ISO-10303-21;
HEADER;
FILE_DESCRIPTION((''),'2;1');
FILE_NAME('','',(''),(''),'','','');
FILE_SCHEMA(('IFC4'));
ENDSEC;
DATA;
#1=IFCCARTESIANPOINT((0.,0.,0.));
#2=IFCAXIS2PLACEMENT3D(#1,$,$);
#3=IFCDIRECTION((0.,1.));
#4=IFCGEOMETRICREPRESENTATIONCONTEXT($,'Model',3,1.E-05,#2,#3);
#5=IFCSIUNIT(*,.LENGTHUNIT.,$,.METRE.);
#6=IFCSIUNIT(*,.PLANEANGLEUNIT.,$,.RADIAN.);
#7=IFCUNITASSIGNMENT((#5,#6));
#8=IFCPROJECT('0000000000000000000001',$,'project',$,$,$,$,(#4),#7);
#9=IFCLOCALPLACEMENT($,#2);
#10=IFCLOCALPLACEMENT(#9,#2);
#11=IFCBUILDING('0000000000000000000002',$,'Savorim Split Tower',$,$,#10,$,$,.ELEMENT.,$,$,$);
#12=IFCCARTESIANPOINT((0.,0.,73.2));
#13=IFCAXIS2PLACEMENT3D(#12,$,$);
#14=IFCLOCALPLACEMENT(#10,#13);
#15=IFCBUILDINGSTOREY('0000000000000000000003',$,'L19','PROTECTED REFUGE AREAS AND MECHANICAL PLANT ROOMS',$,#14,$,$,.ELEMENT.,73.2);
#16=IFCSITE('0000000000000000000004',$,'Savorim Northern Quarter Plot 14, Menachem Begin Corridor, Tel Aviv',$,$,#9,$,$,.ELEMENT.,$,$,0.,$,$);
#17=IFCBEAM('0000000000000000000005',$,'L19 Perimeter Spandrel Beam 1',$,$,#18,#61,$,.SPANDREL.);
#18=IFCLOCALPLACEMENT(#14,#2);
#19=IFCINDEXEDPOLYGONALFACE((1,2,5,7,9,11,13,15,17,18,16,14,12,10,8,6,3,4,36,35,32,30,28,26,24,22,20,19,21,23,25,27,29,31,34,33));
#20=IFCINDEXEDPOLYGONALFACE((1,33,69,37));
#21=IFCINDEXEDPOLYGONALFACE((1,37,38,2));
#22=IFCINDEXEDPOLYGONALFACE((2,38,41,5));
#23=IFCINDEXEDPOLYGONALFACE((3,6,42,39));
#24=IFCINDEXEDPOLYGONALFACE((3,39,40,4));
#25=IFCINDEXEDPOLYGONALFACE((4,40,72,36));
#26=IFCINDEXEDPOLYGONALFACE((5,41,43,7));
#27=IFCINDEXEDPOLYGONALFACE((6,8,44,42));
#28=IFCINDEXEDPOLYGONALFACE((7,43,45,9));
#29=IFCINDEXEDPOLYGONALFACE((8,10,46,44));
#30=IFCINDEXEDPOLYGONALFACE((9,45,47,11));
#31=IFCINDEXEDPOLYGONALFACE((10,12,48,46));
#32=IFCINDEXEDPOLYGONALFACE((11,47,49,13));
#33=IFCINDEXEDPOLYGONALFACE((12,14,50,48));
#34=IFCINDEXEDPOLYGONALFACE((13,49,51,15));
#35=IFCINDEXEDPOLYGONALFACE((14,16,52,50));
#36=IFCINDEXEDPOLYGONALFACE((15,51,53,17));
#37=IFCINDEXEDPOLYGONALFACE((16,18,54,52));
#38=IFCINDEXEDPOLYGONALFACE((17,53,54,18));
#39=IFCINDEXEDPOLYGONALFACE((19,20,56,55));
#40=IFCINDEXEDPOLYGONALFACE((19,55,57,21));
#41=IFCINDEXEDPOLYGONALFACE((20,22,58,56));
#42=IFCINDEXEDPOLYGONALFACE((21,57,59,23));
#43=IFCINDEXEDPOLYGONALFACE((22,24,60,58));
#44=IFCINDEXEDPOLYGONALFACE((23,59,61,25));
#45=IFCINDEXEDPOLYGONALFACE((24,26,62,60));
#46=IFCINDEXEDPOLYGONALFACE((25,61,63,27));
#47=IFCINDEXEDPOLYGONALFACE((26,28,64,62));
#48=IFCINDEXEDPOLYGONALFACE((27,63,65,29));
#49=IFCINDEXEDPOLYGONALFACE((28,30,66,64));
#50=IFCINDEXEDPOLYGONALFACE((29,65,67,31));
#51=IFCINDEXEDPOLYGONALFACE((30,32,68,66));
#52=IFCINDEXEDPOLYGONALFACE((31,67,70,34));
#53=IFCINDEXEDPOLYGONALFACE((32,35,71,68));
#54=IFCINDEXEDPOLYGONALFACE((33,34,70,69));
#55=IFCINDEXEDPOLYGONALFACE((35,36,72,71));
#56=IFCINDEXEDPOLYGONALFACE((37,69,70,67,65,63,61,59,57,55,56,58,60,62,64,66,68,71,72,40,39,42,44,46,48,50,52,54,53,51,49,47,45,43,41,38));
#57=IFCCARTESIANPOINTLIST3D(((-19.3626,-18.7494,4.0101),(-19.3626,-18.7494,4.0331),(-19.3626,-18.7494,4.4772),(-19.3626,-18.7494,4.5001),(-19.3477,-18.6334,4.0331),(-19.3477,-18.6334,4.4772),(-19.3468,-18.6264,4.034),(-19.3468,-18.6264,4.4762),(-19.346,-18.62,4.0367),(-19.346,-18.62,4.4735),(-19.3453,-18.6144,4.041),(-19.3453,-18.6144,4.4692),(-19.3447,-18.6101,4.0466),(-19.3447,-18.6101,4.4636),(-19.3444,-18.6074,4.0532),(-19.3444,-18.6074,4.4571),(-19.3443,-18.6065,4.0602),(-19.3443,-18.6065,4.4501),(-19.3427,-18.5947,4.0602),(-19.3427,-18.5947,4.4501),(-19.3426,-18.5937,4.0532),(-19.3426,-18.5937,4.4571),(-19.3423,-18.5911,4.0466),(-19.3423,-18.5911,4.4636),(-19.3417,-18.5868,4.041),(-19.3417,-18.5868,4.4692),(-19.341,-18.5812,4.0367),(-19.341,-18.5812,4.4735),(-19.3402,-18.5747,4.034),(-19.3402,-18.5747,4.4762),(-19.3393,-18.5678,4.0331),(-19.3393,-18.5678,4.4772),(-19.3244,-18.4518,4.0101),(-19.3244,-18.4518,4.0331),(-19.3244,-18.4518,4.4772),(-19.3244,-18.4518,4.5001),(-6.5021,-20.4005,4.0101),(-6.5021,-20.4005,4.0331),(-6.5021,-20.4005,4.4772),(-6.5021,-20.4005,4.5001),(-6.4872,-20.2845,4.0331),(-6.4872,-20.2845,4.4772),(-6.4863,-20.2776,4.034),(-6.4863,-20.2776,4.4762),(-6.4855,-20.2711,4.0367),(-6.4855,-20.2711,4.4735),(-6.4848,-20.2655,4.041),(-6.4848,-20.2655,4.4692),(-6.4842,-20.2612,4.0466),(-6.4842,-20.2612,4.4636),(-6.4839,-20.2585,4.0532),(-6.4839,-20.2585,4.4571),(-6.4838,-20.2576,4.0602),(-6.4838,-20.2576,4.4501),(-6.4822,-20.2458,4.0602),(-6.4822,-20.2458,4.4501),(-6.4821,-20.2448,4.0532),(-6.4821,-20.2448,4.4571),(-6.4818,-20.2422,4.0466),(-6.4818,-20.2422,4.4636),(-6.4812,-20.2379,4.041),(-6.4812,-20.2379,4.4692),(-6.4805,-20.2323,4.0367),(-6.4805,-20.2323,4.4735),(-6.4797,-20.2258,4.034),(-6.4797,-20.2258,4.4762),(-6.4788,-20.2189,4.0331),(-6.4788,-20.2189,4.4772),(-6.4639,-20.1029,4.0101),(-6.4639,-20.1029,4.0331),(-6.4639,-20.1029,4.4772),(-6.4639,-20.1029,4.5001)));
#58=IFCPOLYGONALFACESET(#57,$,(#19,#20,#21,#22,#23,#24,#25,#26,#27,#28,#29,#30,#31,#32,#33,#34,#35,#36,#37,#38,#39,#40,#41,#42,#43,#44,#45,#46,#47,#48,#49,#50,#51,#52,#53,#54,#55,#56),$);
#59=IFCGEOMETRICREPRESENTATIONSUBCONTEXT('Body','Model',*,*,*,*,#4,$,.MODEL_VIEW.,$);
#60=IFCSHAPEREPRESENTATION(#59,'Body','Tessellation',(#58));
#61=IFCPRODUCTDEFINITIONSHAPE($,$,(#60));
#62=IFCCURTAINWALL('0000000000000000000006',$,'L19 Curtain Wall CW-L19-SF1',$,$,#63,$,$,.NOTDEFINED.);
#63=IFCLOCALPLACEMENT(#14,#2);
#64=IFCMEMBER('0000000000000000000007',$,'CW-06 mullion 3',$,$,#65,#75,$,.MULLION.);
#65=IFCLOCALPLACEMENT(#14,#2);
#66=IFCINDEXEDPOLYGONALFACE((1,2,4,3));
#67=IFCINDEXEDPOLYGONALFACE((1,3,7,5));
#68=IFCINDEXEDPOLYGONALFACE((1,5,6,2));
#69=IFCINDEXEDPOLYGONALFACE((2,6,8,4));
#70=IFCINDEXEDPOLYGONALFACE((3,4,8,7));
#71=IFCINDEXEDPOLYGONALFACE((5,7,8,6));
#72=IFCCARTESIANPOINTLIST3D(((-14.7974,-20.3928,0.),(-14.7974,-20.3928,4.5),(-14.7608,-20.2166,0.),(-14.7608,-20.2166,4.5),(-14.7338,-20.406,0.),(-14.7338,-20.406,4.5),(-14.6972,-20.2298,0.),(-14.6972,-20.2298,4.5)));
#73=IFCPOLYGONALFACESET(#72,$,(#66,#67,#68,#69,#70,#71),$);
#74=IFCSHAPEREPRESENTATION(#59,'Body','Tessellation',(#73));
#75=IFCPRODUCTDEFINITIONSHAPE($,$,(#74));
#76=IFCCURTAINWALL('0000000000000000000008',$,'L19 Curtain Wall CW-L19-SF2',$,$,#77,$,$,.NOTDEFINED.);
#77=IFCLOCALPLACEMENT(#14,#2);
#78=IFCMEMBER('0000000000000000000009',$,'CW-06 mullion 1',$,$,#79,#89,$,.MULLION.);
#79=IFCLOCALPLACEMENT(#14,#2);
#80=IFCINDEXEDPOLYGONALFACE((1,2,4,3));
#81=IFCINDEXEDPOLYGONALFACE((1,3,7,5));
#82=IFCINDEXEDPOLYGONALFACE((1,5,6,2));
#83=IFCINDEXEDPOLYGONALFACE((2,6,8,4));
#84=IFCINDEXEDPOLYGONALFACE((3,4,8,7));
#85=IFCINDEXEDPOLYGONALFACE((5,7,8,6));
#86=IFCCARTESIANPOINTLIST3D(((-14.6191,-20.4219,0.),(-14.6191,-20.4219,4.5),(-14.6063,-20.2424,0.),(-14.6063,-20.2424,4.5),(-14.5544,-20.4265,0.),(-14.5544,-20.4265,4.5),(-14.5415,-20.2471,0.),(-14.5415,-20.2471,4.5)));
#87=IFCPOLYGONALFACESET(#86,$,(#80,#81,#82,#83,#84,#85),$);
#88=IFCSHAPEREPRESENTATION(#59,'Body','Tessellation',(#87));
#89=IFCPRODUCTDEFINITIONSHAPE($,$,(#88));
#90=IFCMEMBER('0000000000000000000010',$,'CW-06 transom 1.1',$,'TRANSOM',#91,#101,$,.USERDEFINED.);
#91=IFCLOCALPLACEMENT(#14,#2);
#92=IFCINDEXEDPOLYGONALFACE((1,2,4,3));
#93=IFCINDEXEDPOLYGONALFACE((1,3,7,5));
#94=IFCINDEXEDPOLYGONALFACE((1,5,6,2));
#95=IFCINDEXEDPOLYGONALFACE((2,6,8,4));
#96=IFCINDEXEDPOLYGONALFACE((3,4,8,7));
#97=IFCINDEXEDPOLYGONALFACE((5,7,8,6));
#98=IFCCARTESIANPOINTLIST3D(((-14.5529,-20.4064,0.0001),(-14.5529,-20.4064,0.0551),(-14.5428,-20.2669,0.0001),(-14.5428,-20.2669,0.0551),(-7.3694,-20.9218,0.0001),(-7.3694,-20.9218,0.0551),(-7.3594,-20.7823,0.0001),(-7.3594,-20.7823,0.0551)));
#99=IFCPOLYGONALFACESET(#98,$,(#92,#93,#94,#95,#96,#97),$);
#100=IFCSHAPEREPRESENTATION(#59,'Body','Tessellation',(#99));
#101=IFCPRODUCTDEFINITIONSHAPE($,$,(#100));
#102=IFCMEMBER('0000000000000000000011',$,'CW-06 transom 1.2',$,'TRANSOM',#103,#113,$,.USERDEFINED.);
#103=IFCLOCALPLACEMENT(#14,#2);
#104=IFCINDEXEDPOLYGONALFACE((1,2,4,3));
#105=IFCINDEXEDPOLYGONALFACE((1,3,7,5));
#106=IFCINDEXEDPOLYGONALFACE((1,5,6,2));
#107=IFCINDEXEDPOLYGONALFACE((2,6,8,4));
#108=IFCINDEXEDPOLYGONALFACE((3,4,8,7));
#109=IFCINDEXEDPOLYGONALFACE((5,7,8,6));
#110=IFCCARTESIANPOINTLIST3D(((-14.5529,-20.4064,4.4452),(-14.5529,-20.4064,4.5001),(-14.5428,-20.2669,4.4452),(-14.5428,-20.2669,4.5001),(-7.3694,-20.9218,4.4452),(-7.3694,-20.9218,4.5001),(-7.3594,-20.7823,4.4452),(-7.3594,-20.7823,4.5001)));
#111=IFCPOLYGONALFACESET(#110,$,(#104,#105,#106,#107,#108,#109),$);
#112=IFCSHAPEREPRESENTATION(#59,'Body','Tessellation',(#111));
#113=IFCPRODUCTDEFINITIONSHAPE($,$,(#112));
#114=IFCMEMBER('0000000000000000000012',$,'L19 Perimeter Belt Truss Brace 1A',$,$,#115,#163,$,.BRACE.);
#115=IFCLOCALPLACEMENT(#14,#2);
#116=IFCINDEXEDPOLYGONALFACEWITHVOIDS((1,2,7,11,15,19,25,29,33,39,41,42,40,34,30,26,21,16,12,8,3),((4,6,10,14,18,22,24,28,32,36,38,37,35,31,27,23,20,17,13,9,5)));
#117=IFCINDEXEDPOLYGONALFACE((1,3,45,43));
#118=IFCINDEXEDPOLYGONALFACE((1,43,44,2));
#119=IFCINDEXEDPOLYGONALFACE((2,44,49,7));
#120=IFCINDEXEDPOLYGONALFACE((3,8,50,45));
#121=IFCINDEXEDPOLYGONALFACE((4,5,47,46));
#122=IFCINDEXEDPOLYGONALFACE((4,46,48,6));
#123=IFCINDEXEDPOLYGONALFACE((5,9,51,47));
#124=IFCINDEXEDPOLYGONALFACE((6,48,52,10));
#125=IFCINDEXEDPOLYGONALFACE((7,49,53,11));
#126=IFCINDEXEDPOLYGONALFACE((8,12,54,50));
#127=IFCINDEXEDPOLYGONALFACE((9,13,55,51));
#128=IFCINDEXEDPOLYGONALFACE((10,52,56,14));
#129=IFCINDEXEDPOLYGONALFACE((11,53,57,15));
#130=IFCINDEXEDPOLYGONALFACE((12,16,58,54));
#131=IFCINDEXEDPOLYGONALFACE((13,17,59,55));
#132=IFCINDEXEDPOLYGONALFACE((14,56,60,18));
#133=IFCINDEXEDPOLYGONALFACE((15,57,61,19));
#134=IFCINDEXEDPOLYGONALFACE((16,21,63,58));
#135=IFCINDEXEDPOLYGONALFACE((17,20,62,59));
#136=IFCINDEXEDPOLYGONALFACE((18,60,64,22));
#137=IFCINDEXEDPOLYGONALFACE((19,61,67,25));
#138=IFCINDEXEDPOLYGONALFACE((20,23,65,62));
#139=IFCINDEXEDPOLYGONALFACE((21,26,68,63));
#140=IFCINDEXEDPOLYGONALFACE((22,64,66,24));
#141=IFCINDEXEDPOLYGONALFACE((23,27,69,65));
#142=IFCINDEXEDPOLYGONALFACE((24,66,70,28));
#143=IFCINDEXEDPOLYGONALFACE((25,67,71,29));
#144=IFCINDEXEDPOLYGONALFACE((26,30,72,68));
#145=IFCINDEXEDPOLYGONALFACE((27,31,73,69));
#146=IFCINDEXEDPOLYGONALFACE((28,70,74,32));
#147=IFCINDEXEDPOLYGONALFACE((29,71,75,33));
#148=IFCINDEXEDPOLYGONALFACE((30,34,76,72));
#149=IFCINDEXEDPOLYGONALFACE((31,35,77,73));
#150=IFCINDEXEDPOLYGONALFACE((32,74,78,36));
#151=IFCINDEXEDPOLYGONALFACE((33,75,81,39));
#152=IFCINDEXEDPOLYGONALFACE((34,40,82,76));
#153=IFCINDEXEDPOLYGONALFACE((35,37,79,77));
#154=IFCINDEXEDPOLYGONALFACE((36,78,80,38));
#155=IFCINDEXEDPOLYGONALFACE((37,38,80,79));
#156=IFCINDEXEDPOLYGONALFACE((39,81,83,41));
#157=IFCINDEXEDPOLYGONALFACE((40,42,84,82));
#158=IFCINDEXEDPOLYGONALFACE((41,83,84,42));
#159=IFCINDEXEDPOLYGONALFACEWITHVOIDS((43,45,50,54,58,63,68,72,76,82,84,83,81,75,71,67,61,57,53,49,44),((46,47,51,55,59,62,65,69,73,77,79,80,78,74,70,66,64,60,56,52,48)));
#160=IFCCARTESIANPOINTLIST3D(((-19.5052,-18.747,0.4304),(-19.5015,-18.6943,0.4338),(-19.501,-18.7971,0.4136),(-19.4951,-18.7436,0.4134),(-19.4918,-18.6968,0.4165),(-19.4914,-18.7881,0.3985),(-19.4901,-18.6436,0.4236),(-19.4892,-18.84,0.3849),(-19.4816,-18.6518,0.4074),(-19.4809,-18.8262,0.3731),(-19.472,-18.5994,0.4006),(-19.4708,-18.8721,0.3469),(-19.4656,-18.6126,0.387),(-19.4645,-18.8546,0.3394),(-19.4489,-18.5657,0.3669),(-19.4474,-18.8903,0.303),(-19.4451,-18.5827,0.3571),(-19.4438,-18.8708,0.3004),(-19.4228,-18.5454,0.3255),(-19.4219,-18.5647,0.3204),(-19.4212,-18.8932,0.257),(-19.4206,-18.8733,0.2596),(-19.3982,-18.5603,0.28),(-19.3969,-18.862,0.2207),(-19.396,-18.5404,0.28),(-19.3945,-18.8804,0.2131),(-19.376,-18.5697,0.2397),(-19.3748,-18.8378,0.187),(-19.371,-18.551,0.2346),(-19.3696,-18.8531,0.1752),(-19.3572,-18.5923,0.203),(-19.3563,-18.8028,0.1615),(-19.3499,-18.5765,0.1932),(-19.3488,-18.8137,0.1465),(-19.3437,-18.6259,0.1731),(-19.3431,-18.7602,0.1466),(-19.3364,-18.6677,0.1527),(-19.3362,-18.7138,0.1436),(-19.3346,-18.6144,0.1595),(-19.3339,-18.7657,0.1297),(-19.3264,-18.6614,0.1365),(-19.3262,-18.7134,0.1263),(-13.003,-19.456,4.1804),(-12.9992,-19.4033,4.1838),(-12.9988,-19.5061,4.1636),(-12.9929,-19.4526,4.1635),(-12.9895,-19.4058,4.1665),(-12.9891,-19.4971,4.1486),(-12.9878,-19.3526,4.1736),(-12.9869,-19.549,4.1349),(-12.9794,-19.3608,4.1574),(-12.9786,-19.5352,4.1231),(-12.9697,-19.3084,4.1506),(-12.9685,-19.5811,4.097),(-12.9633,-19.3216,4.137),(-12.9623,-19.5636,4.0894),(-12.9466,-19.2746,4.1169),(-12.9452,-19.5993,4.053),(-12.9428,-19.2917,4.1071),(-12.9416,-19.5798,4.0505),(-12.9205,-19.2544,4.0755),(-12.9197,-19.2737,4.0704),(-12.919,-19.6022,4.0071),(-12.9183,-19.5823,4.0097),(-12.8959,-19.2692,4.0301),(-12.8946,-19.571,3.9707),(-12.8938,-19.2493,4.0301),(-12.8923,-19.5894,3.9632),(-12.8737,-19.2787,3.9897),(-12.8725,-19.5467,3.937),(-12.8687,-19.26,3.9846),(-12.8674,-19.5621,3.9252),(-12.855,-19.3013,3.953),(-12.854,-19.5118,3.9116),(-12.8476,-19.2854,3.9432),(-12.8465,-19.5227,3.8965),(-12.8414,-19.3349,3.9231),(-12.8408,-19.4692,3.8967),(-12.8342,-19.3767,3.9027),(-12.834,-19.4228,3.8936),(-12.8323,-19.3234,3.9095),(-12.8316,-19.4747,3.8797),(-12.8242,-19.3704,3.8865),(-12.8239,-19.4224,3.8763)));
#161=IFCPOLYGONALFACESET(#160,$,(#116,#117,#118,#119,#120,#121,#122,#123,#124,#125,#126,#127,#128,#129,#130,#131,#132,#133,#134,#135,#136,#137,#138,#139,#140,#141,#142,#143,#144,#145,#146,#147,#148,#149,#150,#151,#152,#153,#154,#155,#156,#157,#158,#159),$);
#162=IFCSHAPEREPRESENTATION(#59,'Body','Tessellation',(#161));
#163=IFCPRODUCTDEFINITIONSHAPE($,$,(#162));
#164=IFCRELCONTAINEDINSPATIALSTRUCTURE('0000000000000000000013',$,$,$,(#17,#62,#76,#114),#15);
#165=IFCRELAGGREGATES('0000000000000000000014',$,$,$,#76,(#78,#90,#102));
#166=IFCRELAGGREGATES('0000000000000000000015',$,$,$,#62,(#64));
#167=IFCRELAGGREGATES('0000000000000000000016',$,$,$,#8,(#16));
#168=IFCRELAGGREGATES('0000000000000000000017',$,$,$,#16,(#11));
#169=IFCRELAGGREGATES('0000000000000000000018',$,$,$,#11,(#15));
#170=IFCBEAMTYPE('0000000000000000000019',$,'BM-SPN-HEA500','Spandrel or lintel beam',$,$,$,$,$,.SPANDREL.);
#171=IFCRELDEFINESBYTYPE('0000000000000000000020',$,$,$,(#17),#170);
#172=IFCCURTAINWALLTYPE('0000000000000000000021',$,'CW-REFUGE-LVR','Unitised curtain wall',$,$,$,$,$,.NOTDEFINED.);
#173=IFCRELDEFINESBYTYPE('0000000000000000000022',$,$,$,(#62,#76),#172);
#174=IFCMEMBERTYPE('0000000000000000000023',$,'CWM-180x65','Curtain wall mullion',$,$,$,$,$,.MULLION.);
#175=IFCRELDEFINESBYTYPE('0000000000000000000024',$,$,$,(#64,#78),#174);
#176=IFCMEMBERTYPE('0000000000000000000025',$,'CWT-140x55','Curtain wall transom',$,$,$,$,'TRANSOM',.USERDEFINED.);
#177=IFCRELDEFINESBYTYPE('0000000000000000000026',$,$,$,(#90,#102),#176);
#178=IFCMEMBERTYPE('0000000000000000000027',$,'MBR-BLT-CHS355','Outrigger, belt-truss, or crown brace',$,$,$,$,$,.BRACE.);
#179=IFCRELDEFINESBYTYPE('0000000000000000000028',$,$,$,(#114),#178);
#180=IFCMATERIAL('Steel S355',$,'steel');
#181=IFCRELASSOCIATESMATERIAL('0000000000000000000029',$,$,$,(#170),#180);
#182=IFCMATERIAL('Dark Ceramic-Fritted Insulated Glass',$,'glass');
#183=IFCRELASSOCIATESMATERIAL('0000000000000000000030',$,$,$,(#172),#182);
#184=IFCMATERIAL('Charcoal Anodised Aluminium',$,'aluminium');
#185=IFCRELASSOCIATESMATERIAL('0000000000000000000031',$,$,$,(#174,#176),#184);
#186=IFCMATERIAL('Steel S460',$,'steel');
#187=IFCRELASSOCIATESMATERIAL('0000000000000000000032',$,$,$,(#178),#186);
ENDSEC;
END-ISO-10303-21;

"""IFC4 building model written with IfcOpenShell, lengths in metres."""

from ifc_helpers import new_model, si_unit, direction, frame, origin, origin_2d, place, context, subcontext, project, spatial, rectangle, hollow_circle, i_section, extrude, material, material_profile, profile_set, type_object, element, aggregate, save


model = new_model("IFC4")

# Units and contexts
model_context = context("Model", 3, precision=1e-05, world=origin(), true_north=direction((0.0, 1.0)))
body_context = subcontext(model_context, "Body", "Model", "MODEL_VIEW")
ifc_project = project(units=[si_unit("LENGTHUNIT", "METRE"), si_unit("PLANEANGLEUNIT", "RADIAN")], contexts=[model_context])

# Site, building, storey
site_placement = place(None, origin())
site = spatial("IfcSite", under=ifc_project, at=site_placement, Name="Savorim Northern Quarter Plot 14, Menachem Begin Corridor, Tel Aviv", CompositionType="ELEMENT", RefElevation=0.0)
building_placement = place(site_placement, origin())
building = spatial("IfcBuilding", under=site, at=building_placement, Name="Savorim Split Tower", CompositionType="ELEMENT")
storey_placement = place(building_placement, frame((0.0, 0.0, 73.2)))
storey = spatial("IfcBuildingStorey", under=building, at=storey_placement, Name="L19", Description="PROTECTED REFUGE AREAS AND MECHANICAL PLANT ROOMS", CompositionType="ELEMENT", Elevation=73.2)

# Shared definitions
ifc_material_1 = material(Name="Steel S460", Category="steel")

# Beam
ifc_material_2 = material(Name="Steel S355", Category="steel")
ifc_material_profile_1 = material_profile(ifc_material_2, i_section(OverallWidth=0.3, OverallDepth=0.49, WebThickness=0.012, FlangeThickness=0.0229, FilletRadius=0.0271, at=origin_2d()), Name="HEA 500")
ifc_profile_set_1 = profile_set([ifc_material_profile_1], Name="Steel S355")
beam_type_1 = type_object("IfcBeamType", Name="BM-SPN-HEA500", Description="Spandrel or lintel beam", PredefinedType="SPANDREL", material=ifc_profile_set_1)
beam_1_placement = place(storey_placement, frame((-19.3435, -18.6006, 4.2551), z_axis=(0.991859, -0.127341, 0.0), x_axis=(0.127341, 0.991859, 0.0)))
element("IfcBeam", 1, at=beam_1_placement, inside=storey, type_object=beam_type_1, Name="L19 Perimeter Spandrel Beam 1", PredefinedType="SPANDREL", context=body_context, shape_type="SweptSolid", body=[
    extrude(i_section(OverallWidth=0.3, OverallDepth=0.49, WebThickness=0.012, FlangeThickness=0.0229, FilletRadius=0.0271, at=origin_2d()), origin(), (0.0, 0.0, 1.0), 12.9661),
])

# Curtain wall, member
ifc_material_3 = material(Name="Dark Ceramic-Fritted Insulated Glass", Category="glass")
curtain_wall_type = type_object("IfcCurtainWallType", Name="CW-REFUGE-LVR", Description="Unitised curtain wall", PredefinedType="NOTDEFINED", material=ifc_material_3)
curtain_wall_1_placement = place(storey_placement, origin())
curtain_wall_1 = element("IfcCurtainWall", 2, at=curtain_wall_1_placement, inside=storey, type_object=curtain_wall_type, Name="L19 Curtain Wall CW-L19-SF1", PredefinedType="NOTDEFINED")
ifc_material_4 = material(Name="Charcoal Anodised Aluminium", Category="aluminium")
ifc_material_profile_2 = material_profile(ifc_material_4, rectangle(XDim=0.1799, YDim=0.0649, at=origin_2d()), Name="ALU-M 180x65")
ifc_profile_set_2 = profile_set([ifc_material_profile_2], Name="Charcoal Anodised Aluminium")
member_type_1 = type_object("IfcMemberType", Name="CWM-180x65", Description="Curtain wall mullion", PredefinedType="MULLION", material=ifc_profile_set_2)
member_1_placement = place(storey_placement, frame((-14.7473, -20.3113, 0.0), z_axis=(0.0, 0.0, 1.0), x_axis=(0.20321, 0.979135, 0.0)))
member_1 = element("IfcMember", 3, at=member_1_placement, type_object=member_type_1, Name="CW-06 mullion 3", PredefinedType="MULLION", context=body_context, shape_type="SweptSolid", body=[
    extrude(rectangle(XDim=0.1799, YDim=0.0649, at=origin_2d()), origin(), (0.0, 0.0, 1.0), 4.5),
])

# Curtain wall, members
curtain_wall_2_placement = place(storey_placement, origin())
curtain_wall_2 = element("IfcCurtainWall", 4, at=curtain_wall_2_placement, inside=storey, type_object=curtain_wall_type, Name="L19 Curtain Wall CW-L19-SF2", PredefinedType="NOTDEFINED")
member_2_placement = place(storey_placement, frame((-14.5803, -20.3345, 0.0), z_axis=(0.0, 0.0, 1.0), x_axis=(0.071561, 0.997436, 0.0)))
member_2 = element("IfcMember", 5, at=member_2_placement, type_object=member_type_1, Name="CW-06 mullion 1", PredefinedType="MULLION", context=body_context, shape_type="SweptSolid", body=[
    extrude(rectangle(XDim=0.1799, YDim=0.0649, at=origin_2d()), origin(), (0.0, 0.0, 1.0), 4.5),
])
ifc_material_profile_3 = material_profile(ifc_material_4, rectangle(XDim=0.1399, YDim=0.0549, at=origin_2d()), Name="ALU-T 140x55")
ifc_profile_set_3 = profile_set([ifc_material_profile_3], Name="Charcoal Anodised Aluminium")
member_type_2 = type_object("IfcMemberType", Name="CWT-140x55", Description="Curtain wall transom", ElementType="TRANSOM", PredefinedType="USERDEFINED", material=ifc_profile_set_3)
member_3_placement = place(storey_placement, frame((-14.5479, -20.3367, 0.0276), z_axis=(0.997436, -0.071563, 0.0), x_axis=(0.071563, 0.997436, 0.0)))
member_3 = element("IfcMember", 6, at=member_3_placement, type_object=member_type_2, Name="CW-06 transom 1.1", ObjectType="TRANSOM", PredefinedType="USERDEFINED", context=body_context, shape_type="SweptSolid", body=[
    extrude(rectangle(XDim=0.1399, YDim=0.0549, at=origin_2d()), origin(), (0.0, 0.0, 1.0), 7.2019),
])
member_4_placement = place(storey_placement, frame((-14.5479, -20.3367, 4.4727), z_axis=(0.997436, -0.071563, 0.0), x_axis=(0.071563, 0.997436, 0.0)))
member_4 = element("IfcMember", 7, at=member_4_placement, type_object=member_type_2, Name="CW-06 transom 1.2", ObjectType="TRANSOM", PredefinedType="USERDEFINED", context=body_context, shape_type="SweptSolid", body=[
    extrude(rectangle(XDim=0.1399, YDim=0.0549, at=origin_2d()), origin(), (0.0, 0.0, 1.0), 7.2019),
])
aggregate(curtain_wall_2, [member_2, member_3, member_4])

# Member
ifc_material_profile_4 = material_profile(ifc_material_1, hollow_circle(Radius=0.1777, WallThickness=0.02, at=origin_2d()), Name="CHS 355.6x20")
ifc_profile_set_4 = profile_set([ifc_material_profile_4], Name="Steel S460")
member_type_3 = type_object("IfcMemberType", Name="MBR-BLT-CHS355", Description="Outrigger, belt-truss, or crown brace", PredefinedType="BRACE", material=ifc_profile_set_4)
member_5_placement = place(storey_placement, frame((-19.4153, -18.717, 0.28), z_axis=(0.86242, -0.094036, 0.497382), x_axis=(0.108395, 0.994108, 0.0)))
element("IfcMember", 8, at=member_5_placement, inside=storey, type_object=member_type_3, Name="L19 Perimeter Belt Truss Brace 1A", PredefinedType="BRACE", context=body_context, shape_type="SweptSolid", body=[
    extrude(hollow_circle(Radius=0.1777, WallThickness=0.02, at=origin_2d()), origin(), (0.0, 0.0, 1.0), 7.5396),
])

aggregate(curtain_wall_1, [member_1])

save(model, "model.ifc")
